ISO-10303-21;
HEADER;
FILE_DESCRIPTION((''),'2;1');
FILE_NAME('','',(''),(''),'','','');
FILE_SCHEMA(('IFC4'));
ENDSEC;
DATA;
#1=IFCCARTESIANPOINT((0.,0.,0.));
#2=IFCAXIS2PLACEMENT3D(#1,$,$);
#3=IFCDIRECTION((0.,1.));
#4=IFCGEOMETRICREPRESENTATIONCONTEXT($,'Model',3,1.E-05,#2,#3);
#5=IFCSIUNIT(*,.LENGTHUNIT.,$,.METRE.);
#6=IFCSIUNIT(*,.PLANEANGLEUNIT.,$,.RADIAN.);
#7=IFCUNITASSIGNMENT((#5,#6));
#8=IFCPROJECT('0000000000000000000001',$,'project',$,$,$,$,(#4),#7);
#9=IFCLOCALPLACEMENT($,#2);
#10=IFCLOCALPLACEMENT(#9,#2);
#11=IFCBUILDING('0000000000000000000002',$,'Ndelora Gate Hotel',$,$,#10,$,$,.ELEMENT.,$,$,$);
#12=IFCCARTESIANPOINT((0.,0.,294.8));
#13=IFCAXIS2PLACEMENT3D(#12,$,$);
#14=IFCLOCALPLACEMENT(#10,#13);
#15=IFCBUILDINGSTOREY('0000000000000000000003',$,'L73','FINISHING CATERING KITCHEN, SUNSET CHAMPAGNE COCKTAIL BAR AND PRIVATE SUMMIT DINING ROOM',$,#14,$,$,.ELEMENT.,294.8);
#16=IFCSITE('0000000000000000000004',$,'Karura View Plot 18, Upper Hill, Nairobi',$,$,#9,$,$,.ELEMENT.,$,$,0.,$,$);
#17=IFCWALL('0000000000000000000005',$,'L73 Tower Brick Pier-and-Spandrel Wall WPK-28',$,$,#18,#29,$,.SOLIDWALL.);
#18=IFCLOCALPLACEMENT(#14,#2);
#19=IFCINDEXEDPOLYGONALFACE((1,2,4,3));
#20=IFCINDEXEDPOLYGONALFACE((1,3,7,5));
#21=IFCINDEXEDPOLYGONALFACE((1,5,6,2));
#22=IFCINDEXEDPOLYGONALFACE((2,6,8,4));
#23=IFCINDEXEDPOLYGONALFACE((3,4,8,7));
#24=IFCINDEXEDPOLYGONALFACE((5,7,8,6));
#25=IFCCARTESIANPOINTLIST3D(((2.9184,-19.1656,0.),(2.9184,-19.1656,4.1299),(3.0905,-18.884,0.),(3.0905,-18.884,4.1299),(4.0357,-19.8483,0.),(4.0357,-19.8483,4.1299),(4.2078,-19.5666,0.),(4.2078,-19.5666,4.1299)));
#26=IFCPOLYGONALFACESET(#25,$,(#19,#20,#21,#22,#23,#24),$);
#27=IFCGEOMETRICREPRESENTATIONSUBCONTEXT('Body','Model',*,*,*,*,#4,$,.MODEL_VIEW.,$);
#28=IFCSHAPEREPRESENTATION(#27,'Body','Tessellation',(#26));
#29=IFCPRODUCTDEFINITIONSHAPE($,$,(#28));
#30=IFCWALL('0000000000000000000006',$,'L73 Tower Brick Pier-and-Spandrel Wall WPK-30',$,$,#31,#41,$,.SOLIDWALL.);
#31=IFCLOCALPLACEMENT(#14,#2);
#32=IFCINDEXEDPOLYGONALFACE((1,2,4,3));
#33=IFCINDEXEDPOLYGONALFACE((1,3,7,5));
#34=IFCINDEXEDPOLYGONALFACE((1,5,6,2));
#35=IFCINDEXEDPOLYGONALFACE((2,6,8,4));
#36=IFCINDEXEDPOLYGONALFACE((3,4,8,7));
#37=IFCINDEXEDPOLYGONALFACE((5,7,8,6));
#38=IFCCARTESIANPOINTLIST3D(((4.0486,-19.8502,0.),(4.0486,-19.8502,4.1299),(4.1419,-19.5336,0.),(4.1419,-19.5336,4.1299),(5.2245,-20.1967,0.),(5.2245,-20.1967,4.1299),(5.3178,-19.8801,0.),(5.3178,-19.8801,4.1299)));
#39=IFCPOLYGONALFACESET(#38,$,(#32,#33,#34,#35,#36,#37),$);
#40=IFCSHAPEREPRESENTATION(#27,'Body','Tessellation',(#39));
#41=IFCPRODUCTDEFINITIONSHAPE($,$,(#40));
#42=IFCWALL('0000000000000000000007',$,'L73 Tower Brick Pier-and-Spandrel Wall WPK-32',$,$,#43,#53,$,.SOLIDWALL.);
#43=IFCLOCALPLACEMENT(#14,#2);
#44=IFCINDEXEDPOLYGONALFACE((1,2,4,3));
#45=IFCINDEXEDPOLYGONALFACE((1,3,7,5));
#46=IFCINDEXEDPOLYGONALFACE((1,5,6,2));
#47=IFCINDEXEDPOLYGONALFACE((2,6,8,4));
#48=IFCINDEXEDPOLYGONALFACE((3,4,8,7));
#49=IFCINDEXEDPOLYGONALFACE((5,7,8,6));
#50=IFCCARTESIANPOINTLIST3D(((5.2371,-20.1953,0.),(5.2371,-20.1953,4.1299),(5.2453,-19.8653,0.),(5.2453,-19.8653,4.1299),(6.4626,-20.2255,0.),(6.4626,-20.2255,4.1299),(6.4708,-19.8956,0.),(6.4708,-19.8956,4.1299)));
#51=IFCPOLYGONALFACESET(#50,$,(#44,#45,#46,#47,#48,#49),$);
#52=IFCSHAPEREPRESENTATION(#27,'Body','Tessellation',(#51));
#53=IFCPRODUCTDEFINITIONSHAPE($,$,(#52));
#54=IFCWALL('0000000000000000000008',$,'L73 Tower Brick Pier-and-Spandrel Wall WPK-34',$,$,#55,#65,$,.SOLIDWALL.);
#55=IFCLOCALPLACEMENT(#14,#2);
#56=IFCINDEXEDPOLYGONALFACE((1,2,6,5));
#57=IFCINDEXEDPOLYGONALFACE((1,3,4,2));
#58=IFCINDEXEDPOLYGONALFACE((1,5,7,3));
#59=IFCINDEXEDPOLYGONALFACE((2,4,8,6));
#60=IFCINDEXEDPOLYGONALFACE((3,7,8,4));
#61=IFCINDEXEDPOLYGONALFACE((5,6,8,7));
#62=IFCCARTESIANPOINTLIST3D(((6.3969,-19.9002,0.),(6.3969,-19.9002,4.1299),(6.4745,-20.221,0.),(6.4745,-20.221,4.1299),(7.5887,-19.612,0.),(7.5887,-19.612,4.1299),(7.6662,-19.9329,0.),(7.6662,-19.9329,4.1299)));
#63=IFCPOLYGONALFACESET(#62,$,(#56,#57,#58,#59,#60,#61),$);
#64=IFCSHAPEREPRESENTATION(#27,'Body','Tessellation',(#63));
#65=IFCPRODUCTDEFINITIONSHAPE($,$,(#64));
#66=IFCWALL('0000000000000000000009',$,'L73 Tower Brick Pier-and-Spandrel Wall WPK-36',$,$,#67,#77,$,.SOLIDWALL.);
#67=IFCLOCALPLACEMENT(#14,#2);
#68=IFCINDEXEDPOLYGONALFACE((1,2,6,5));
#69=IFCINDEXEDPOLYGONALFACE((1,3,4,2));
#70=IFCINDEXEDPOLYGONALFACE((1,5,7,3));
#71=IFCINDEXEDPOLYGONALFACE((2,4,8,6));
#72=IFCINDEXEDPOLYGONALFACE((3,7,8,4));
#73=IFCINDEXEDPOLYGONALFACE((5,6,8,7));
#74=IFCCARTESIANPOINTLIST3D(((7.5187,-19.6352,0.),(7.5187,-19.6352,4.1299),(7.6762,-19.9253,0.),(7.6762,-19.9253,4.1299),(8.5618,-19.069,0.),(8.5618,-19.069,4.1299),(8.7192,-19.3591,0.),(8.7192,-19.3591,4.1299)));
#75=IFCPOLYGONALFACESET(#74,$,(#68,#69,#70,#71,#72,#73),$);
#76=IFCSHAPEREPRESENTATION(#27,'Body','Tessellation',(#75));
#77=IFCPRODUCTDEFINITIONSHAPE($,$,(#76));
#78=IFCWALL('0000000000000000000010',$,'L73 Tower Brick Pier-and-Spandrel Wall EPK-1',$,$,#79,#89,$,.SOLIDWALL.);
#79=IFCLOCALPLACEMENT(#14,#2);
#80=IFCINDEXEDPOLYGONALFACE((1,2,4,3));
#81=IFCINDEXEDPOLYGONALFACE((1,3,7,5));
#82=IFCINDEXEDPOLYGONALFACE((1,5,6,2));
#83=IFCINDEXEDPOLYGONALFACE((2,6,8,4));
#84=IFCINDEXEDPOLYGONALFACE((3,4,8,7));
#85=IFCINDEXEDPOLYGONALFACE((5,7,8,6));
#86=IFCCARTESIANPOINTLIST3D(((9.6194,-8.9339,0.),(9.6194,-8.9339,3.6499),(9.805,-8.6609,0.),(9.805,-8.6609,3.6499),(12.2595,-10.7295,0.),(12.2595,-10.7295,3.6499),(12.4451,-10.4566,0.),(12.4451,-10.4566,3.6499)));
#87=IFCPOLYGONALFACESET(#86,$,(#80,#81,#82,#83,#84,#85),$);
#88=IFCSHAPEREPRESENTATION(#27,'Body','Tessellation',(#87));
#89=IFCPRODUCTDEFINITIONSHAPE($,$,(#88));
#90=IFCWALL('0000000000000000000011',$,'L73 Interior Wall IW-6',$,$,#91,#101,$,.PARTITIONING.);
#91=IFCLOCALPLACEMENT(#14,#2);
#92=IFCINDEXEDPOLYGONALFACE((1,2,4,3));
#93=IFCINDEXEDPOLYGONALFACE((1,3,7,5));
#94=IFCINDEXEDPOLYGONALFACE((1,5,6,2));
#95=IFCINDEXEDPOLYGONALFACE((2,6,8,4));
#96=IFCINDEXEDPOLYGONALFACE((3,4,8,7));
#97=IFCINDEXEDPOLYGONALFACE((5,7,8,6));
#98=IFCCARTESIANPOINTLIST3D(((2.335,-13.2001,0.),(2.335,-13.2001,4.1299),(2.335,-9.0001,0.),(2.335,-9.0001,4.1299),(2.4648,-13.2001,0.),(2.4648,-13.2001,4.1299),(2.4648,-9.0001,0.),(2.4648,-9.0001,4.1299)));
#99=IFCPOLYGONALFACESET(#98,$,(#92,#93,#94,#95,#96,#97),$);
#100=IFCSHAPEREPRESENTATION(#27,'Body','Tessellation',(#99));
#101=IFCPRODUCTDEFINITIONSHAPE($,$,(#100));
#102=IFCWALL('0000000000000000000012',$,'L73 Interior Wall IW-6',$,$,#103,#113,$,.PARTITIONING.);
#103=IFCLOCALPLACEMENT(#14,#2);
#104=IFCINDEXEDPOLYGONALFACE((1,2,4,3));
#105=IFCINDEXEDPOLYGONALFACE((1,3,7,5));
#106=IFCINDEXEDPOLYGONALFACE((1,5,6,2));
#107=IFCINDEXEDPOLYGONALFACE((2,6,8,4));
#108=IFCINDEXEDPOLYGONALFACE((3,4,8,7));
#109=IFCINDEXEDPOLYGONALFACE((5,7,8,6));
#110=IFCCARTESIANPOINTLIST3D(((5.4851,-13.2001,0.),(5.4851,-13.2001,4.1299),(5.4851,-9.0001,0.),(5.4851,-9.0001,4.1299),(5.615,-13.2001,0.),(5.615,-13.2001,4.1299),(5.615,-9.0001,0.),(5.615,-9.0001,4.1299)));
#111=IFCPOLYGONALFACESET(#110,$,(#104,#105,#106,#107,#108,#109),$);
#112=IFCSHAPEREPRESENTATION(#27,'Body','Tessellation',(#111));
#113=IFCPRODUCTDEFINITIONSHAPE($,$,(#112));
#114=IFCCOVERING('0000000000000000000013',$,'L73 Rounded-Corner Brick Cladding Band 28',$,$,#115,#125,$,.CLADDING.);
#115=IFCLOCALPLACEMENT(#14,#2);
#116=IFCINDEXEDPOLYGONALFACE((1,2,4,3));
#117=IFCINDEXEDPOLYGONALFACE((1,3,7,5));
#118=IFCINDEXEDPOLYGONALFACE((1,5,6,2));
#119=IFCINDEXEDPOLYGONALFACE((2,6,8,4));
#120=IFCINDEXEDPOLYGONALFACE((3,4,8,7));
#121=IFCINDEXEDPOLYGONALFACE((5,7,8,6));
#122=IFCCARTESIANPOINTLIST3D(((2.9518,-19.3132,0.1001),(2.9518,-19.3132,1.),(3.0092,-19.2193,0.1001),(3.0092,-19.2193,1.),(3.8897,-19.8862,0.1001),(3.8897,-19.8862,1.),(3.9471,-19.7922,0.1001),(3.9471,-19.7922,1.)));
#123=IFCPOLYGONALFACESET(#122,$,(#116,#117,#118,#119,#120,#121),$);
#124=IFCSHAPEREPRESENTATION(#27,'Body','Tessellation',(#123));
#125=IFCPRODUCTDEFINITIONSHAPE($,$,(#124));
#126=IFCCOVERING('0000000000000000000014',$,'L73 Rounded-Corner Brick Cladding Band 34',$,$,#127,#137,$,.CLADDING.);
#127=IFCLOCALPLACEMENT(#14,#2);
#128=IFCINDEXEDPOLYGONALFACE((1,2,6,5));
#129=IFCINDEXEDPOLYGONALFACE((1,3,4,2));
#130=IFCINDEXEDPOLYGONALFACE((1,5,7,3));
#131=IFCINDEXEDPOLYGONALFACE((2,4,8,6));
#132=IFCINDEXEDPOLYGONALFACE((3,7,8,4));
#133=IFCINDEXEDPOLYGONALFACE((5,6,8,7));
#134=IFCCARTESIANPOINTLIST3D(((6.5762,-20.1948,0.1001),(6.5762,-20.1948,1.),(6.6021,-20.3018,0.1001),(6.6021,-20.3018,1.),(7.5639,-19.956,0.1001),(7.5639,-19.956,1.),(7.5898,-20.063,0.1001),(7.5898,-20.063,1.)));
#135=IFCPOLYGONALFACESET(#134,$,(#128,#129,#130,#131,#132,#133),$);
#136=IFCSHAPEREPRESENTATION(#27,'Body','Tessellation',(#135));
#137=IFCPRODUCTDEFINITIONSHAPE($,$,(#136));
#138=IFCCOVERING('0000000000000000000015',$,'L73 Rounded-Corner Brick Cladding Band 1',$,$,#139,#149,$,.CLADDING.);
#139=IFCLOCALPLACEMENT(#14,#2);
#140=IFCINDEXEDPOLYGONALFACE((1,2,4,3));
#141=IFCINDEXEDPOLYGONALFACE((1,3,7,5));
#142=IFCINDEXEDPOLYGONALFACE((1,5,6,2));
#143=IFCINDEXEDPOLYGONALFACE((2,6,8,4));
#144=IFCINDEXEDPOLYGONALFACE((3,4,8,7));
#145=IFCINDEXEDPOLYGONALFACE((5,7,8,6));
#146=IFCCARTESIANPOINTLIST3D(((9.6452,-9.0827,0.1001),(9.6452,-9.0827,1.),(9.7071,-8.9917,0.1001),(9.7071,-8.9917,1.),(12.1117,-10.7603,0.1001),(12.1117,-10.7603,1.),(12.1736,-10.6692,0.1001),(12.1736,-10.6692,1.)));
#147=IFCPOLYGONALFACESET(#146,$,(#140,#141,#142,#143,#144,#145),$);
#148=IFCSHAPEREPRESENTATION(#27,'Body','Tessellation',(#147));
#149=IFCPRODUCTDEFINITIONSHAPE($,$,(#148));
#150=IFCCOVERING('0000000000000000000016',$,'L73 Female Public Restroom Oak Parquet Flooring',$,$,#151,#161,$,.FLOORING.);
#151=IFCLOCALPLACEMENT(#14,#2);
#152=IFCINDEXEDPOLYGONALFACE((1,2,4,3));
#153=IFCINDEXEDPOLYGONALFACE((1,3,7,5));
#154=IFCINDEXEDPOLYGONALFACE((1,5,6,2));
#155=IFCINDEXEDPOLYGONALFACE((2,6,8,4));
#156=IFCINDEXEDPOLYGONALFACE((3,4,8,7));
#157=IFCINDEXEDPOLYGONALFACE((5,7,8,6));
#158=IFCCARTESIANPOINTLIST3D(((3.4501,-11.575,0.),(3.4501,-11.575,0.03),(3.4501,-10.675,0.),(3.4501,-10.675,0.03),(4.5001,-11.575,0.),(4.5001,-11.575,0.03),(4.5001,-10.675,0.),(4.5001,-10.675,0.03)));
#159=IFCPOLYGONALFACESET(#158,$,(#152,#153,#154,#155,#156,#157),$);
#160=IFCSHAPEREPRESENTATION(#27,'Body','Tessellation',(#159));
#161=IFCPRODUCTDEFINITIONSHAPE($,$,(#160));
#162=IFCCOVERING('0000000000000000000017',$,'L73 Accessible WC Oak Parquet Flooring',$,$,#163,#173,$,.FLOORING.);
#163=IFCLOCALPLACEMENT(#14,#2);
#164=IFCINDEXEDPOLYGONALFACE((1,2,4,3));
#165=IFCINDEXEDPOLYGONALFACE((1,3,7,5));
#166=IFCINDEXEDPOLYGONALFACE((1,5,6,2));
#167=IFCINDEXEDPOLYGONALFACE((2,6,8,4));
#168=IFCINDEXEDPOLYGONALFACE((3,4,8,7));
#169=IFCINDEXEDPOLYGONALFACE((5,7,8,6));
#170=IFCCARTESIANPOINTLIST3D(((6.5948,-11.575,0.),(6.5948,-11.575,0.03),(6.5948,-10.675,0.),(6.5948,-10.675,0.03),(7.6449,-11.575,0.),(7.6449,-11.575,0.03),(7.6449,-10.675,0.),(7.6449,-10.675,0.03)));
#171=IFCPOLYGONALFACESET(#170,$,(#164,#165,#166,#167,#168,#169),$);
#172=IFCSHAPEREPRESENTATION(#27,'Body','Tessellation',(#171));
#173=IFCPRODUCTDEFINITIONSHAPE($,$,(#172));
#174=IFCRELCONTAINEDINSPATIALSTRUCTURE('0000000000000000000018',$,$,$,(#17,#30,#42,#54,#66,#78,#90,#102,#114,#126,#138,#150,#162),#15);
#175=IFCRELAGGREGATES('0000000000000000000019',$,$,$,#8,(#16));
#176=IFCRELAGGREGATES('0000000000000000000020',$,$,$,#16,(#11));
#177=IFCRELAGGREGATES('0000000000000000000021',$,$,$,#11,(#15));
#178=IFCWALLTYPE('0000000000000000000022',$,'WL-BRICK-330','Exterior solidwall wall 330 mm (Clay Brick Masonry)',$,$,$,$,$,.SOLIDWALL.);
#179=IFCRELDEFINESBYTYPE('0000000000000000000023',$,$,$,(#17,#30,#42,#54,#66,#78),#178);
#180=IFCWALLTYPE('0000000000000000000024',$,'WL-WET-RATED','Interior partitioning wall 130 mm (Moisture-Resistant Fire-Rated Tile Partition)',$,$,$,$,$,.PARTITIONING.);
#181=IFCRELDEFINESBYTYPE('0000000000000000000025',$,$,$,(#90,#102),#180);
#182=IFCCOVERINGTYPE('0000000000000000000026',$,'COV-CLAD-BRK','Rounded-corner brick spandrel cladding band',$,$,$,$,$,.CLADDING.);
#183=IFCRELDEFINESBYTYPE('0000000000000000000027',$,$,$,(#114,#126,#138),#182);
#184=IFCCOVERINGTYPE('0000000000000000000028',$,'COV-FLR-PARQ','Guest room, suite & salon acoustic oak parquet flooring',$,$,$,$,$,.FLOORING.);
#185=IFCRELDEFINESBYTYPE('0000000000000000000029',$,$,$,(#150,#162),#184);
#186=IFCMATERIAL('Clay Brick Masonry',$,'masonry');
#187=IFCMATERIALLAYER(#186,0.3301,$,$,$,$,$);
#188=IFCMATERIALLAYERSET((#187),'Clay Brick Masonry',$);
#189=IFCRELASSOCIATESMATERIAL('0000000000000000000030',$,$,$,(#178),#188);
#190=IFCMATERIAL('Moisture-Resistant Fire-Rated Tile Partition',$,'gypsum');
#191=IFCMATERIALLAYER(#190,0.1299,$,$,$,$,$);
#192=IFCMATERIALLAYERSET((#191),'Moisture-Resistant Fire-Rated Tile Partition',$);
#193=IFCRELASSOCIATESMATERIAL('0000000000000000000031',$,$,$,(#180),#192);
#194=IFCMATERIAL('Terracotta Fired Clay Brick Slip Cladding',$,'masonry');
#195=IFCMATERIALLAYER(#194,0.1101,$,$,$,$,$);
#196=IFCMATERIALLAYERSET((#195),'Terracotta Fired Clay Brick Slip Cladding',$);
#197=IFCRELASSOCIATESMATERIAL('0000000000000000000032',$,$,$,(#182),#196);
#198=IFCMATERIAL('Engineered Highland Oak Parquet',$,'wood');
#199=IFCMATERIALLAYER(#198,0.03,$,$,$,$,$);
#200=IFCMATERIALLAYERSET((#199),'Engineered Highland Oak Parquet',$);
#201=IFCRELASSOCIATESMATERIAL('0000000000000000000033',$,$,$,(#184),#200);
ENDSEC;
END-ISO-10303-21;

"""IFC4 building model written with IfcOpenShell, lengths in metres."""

from ifc_helpers import new_model, si_unit, direction, frame, frame_2d, origin, origin_2d, place, context, subcontext, project, spatial, rectangle, extrude, material, layer, layer_set, type_object, element, save


model = new_model("IFC4")

# Units and contexts
model_context = context("Model", 3, precision=1e-05, world=origin(), true_north=direction((0.0, 1.0)))
body_context = subcontext(model_context, "Body", "Model", "MODEL_VIEW")
ifc_project = project(units=[si_unit("LENGTHUNIT", "METRE"), si_unit("PLANEANGLEUNIT", "RADIAN")], contexts=[model_context])

# Site, building, storey
site_placement = place(None, origin())
site = spatial("IfcSite", under=ifc_project, at=site_placement, Name="Karura View Plot 18, Upper Hill, Nairobi", CompositionType="ELEMENT", RefElevation=0.0)
building_placement = place(site_placement, origin())
building = spatial("IfcBuilding", under=site, at=building_placement, Name="Ndelora Gate Hotel", CompositionType="ELEMENT")
storey_placement = place(building_placement, frame((0.0, 0.0, 294.8)))
storey = spatial("IfcBuildingStorey", under=building, at=storey_placement, Name="L73", Description="FINISHING CATERING KITCHEN, SUNSET CHAMPAGNE COCKTAIL BAR AND PRIVATE SUMMIT DINING ROOM", CompositionType="ELEMENT", Elevation=294.8)

# Shared definitions
ifc_material_1 = material(Name="Clay Brick Masonry", Category="masonry")
ifc_layer_1 = layer(ifc_material_1, 0.3301)
ifc_layer_set_1 = layer_set([ifc_layer_1], Name="Clay Brick Masonry")
wall_type_1 = type_object("IfcWallType", Name="WL-BRICK-330", Description="Exterior solidwall wall 330 mm (Clay Brick Masonry)", PredefinedType="SOLIDWALL", material=ifc_layer_set_1)

# Walls
wall_1_placement = place(storey_placement, frame((4.1218, -19.7075, 0.0), z_axis=(0.0, 0.0, 1.0), x_axis=(-0.853319, 0.52139, 0.0)))
element("IfcWall", 1, at=wall_1_placement, inside=storey, type_object=wall_type_1, Name="L73 Tower Brick Pier-and-Spandrel Wall WPK-28", PredefinedType="SOLIDWALL", context=body_context, shape_type="SweptSolid", body=[
    extrude(rectangle(XDim=1.3093, YDim=0.3301, at=frame_2d((0.6548, 0.0))), origin(), (0.0, 0.0, 1.0), 4.1299),
])
for number, where, z_axis, x_axis, name in (
    (2, (5.271, -20.0383, 0.0), (0.0, 0.0, 1.0), (-0.959229, 0.28263, 0.0), "L73 Tower Brick Pier-and-Spandrel Wall WPK-30"),
    (3, (6.4666, -20.0605, 0.0), (0.0, 0.0, 1.0), (-0.999695, 0.024699, 0.0), "L73 Tower Brick Pier-and-Spandrel Wall WPK-32"),
):
    element("IfcWall", number, at=place(storey_placement, frame(where, z_axis=z_axis, x_axis=x_axis)), inside=storey, type_object=wall_type_1, Name=name, PredefinedType="SOLIDWALL", context=body_context, shape_type="SweptSolid", body=[
        extrude(rectangle(XDim=1.2258, YDim=0.3301, at=frame_2d((0.6128, 0.0))), origin(), (0.0, 0.0, 1.0), 4.1299),
    ])
wall_2_placement = place(storey_placement, frame((7.6274, -19.7725, 0.0), z_axis=(0.0, 0.0, 1.0), x_axis=(-0.971999, -0.234984, 0.0)))
element("IfcWall", 4, at=wall_2_placement, inside=storey, type_object=wall_type_1, Name="L73 Tower Brick Pier-and-Spandrel Wall WPK-34", PredefinedType="SOLIDWALL", context=body_context, shape_type="SweptSolid", body=[
    extrude(rectangle(XDim=1.2261, YDim=0.3301, at=frame_2d((0.613, 0.0))), origin(), (0.0, 0.0, 1.0), 4.1299),
])
wall_3_placement = place(storey_placement, frame((8.6404, -19.2141, 0.0), z_axis=(0.0, 0.0, 1.0), x_axis=(-0.878861, -0.477078, 0.0)))
element("IfcWall", 5, at=wall_3_placement, inside=storey, type_object=wall_type_1, Name="L73 Tower Brick Pier-and-Spandrel Wall WPK-36", PredefinedType="SOLIDWALL", context=body_context, shape_type="SweptSolid", body=[
    extrude(rectangle(XDim=1.1868, YDim=0.3301, at=frame_2d((0.5933, 0.0))), origin(), (0.0, 0.0, 1.0), 4.1299),
])
wall_4_placement = place(storey_placement, frame((12.3523, -10.593, 0.0), z_axis=(0.0, 0.0, 1.0), x_axis=(-0.826874, 0.562387, 0.0)))
element("IfcWall", 6, at=wall_4_placement, inside=storey, type_object=wall_type_1, Name="L73 Tower Brick Pier-and-Spandrel Wall EPK-1", PredefinedType="SOLIDWALL", context=body_context, shape_type="SweptSolid", body=[
    extrude(rectangle(XDim=3.1929, YDim=0.3301, at=frame_2d((1.5964, 0.0))), origin(), (0.0, 0.0, 1.0), 3.6499),
])
ifc_material_2 = material(Name="Moisture-Resistant Fire-Rated Tile Partition", Category="gypsum")
ifc_layer_2 = layer(ifc_material_2, 0.1299)
ifc_layer_set_2 = layer_set([ifc_layer_2], Name="Moisture-Resistant Fire-Rated Tile Partition")
wall_type_2 = type_object("IfcWallType", Name="WL-WET-RATED", Description="Interior partitioning wall 130 mm (Moisture-Resistant Fire-Rated Tile Partition)", PredefinedType="PARTITIONING", material=ifc_layer_set_2)
for number, where, z_axis, x_axis, name in (
    (7, (2.3999, -9.0, 0.0), (0.0, 0.0, 1.0), (0.0, -1.0, 0.0), "L73 Interior Wall IW-6"),
    (8, (5.55, -9.0, 0.0), (0.0, 0.0, 1.0), (0.0, -1.0, 0.0), "L73 Interior Wall IW-6"),
):
    element("IfcWall", number, at=place(storey_placement, frame(where, z_axis=z_axis, x_axis=x_axis)), inside=storey, type_object=wall_type_2, Name=name, PredefinedType="PARTITIONING", context=body_context, shape_type="SweptSolid", body=[
        extrude(rectangle(XDim=4.2, YDim=0.1299, at=frame_2d((2.1001, 0.0))), origin(), (0.0, 0.0, 1.0), 4.1299),
    ])

# Coverings
ifc_material_3 = material(Name="Terracotta Fired Clay Brick Slip Cladding", Category="masonry")
ifc_layer_3 = layer(ifc_material_3, 0.1101)
ifc_layer_set_3 = layer_set([ifc_layer_3], Name="Terracotta Fired Clay Brick Slip Cladding")
covering_type_1 = type_object("IfcCoveringType", Name="COV-CLAD-BRK", Description="Rounded-corner brick spandrel cladding band", PredefinedType="CLADDING", material=ifc_layer_set_3)
covering_1_placement = place(storey_placement, frame((3.4495, -19.5527, 0.1001), z_axis=(0.0, 0.0, 1.0), x_axis=(-0.853369, 0.521308, 0.0)))
element("IfcCovering", 9, at=covering_1_placement, inside=storey, type_object=covering_type_1, Name="L73 Rounded-Corner Brick Cladding Band 28", PredefinedType="CLADDING", context=body_context, shape_type="SweptSolid", body=[
    extrude(rectangle(XDim=1.0991, YDim=0.1101, at=origin_2d()), origin(), (0.0, 0.0, 1.0), 0.8999),
])
covering_2_placement = place(storey_placement, frame((7.083, -20.1289, 0.1001), z_axis=(0.0, 0.0, 1.0), x_axis=(0.972002, 0.234972, 0.0)))
element("IfcCovering", 10, at=covering_2_placement, inside=storey, type_object=covering_type_1, Name="L73 Rounded-Corner Brick Cladding Band 34", PredefinedType="CLADDING", context=body_context, shape_type="SweptSolid", body=[
    extrude(rectangle(XDim=1.0161, YDim=0.1101, at=origin_2d()), origin(), (0.0, 0.0, 1.0), 0.8999),
])
covering_3_placement = place(storey_placement, frame((10.9094, -9.876, 0.1001), z_axis=(0.0, 0.0, 1.0), x_axis=(-0.826884, 0.562372, 0.0)))
element("IfcCovering", 11, at=covering_3_placement, inside=storey, type_object=covering_type_1, Name="L73 Rounded-Corner Brick Cladding Band 1", PredefinedType="CLADDING", context=body_context, shape_type="SweptSolid", body=[
    extrude(rectangle(XDim=2.9829, YDim=0.1101, at=origin_2d()), origin(), (0.0, 0.0, 1.0), 0.8999),
])
ifc_material_4 = material(Name="Engineered Highland Oak Parquet", Category="wood")
ifc_layer_4 = layer(ifc_material_4, 0.03)
ifc_layer_set_4 = layer_set([ifc_layer_4], Name="Engineered Highland Oak Parquet")
covering_type_2 = type_object("IfcCoveringType", Name="COV-FLR-PARQ", Description="Guest room, suite & salon acoustic oak parquet flooring", PredefinedType="FLOORING", material=ifc_layer_set_4)
for number, where, z_axis, x_axis, name in (
    (12, (3.9751, -11.125, 0.0), (0.0, 0.0, 1.0), (1.0, 0.0, 0.0), "L73 Female Public Restroom Oak Parquet Flooring"),
    (13, (7.1199, -11.125, 0.0), (0.0, 0.0, 1.0), (1.0, 0.0, 0.0), "L73 Accessible WC Oak Parquet Flooring"),
):
    element("IfcCovering", number, at=place(storey_placement, frame(where, z_axis=z_axis, x_axis=x_axis)), inside=storey, type_object=covering_type_2, Name=name, PredefinedType="FLOORING", context=body_context, shape_type="SweptSolid", body=[
        extrude(rectangle(XDim=1.05, YDim=0.8999, at=origin_2d()), origin(), (0.0, 0.0, 1.0), 0.03),
    ])

save(model, "model.ifc")
